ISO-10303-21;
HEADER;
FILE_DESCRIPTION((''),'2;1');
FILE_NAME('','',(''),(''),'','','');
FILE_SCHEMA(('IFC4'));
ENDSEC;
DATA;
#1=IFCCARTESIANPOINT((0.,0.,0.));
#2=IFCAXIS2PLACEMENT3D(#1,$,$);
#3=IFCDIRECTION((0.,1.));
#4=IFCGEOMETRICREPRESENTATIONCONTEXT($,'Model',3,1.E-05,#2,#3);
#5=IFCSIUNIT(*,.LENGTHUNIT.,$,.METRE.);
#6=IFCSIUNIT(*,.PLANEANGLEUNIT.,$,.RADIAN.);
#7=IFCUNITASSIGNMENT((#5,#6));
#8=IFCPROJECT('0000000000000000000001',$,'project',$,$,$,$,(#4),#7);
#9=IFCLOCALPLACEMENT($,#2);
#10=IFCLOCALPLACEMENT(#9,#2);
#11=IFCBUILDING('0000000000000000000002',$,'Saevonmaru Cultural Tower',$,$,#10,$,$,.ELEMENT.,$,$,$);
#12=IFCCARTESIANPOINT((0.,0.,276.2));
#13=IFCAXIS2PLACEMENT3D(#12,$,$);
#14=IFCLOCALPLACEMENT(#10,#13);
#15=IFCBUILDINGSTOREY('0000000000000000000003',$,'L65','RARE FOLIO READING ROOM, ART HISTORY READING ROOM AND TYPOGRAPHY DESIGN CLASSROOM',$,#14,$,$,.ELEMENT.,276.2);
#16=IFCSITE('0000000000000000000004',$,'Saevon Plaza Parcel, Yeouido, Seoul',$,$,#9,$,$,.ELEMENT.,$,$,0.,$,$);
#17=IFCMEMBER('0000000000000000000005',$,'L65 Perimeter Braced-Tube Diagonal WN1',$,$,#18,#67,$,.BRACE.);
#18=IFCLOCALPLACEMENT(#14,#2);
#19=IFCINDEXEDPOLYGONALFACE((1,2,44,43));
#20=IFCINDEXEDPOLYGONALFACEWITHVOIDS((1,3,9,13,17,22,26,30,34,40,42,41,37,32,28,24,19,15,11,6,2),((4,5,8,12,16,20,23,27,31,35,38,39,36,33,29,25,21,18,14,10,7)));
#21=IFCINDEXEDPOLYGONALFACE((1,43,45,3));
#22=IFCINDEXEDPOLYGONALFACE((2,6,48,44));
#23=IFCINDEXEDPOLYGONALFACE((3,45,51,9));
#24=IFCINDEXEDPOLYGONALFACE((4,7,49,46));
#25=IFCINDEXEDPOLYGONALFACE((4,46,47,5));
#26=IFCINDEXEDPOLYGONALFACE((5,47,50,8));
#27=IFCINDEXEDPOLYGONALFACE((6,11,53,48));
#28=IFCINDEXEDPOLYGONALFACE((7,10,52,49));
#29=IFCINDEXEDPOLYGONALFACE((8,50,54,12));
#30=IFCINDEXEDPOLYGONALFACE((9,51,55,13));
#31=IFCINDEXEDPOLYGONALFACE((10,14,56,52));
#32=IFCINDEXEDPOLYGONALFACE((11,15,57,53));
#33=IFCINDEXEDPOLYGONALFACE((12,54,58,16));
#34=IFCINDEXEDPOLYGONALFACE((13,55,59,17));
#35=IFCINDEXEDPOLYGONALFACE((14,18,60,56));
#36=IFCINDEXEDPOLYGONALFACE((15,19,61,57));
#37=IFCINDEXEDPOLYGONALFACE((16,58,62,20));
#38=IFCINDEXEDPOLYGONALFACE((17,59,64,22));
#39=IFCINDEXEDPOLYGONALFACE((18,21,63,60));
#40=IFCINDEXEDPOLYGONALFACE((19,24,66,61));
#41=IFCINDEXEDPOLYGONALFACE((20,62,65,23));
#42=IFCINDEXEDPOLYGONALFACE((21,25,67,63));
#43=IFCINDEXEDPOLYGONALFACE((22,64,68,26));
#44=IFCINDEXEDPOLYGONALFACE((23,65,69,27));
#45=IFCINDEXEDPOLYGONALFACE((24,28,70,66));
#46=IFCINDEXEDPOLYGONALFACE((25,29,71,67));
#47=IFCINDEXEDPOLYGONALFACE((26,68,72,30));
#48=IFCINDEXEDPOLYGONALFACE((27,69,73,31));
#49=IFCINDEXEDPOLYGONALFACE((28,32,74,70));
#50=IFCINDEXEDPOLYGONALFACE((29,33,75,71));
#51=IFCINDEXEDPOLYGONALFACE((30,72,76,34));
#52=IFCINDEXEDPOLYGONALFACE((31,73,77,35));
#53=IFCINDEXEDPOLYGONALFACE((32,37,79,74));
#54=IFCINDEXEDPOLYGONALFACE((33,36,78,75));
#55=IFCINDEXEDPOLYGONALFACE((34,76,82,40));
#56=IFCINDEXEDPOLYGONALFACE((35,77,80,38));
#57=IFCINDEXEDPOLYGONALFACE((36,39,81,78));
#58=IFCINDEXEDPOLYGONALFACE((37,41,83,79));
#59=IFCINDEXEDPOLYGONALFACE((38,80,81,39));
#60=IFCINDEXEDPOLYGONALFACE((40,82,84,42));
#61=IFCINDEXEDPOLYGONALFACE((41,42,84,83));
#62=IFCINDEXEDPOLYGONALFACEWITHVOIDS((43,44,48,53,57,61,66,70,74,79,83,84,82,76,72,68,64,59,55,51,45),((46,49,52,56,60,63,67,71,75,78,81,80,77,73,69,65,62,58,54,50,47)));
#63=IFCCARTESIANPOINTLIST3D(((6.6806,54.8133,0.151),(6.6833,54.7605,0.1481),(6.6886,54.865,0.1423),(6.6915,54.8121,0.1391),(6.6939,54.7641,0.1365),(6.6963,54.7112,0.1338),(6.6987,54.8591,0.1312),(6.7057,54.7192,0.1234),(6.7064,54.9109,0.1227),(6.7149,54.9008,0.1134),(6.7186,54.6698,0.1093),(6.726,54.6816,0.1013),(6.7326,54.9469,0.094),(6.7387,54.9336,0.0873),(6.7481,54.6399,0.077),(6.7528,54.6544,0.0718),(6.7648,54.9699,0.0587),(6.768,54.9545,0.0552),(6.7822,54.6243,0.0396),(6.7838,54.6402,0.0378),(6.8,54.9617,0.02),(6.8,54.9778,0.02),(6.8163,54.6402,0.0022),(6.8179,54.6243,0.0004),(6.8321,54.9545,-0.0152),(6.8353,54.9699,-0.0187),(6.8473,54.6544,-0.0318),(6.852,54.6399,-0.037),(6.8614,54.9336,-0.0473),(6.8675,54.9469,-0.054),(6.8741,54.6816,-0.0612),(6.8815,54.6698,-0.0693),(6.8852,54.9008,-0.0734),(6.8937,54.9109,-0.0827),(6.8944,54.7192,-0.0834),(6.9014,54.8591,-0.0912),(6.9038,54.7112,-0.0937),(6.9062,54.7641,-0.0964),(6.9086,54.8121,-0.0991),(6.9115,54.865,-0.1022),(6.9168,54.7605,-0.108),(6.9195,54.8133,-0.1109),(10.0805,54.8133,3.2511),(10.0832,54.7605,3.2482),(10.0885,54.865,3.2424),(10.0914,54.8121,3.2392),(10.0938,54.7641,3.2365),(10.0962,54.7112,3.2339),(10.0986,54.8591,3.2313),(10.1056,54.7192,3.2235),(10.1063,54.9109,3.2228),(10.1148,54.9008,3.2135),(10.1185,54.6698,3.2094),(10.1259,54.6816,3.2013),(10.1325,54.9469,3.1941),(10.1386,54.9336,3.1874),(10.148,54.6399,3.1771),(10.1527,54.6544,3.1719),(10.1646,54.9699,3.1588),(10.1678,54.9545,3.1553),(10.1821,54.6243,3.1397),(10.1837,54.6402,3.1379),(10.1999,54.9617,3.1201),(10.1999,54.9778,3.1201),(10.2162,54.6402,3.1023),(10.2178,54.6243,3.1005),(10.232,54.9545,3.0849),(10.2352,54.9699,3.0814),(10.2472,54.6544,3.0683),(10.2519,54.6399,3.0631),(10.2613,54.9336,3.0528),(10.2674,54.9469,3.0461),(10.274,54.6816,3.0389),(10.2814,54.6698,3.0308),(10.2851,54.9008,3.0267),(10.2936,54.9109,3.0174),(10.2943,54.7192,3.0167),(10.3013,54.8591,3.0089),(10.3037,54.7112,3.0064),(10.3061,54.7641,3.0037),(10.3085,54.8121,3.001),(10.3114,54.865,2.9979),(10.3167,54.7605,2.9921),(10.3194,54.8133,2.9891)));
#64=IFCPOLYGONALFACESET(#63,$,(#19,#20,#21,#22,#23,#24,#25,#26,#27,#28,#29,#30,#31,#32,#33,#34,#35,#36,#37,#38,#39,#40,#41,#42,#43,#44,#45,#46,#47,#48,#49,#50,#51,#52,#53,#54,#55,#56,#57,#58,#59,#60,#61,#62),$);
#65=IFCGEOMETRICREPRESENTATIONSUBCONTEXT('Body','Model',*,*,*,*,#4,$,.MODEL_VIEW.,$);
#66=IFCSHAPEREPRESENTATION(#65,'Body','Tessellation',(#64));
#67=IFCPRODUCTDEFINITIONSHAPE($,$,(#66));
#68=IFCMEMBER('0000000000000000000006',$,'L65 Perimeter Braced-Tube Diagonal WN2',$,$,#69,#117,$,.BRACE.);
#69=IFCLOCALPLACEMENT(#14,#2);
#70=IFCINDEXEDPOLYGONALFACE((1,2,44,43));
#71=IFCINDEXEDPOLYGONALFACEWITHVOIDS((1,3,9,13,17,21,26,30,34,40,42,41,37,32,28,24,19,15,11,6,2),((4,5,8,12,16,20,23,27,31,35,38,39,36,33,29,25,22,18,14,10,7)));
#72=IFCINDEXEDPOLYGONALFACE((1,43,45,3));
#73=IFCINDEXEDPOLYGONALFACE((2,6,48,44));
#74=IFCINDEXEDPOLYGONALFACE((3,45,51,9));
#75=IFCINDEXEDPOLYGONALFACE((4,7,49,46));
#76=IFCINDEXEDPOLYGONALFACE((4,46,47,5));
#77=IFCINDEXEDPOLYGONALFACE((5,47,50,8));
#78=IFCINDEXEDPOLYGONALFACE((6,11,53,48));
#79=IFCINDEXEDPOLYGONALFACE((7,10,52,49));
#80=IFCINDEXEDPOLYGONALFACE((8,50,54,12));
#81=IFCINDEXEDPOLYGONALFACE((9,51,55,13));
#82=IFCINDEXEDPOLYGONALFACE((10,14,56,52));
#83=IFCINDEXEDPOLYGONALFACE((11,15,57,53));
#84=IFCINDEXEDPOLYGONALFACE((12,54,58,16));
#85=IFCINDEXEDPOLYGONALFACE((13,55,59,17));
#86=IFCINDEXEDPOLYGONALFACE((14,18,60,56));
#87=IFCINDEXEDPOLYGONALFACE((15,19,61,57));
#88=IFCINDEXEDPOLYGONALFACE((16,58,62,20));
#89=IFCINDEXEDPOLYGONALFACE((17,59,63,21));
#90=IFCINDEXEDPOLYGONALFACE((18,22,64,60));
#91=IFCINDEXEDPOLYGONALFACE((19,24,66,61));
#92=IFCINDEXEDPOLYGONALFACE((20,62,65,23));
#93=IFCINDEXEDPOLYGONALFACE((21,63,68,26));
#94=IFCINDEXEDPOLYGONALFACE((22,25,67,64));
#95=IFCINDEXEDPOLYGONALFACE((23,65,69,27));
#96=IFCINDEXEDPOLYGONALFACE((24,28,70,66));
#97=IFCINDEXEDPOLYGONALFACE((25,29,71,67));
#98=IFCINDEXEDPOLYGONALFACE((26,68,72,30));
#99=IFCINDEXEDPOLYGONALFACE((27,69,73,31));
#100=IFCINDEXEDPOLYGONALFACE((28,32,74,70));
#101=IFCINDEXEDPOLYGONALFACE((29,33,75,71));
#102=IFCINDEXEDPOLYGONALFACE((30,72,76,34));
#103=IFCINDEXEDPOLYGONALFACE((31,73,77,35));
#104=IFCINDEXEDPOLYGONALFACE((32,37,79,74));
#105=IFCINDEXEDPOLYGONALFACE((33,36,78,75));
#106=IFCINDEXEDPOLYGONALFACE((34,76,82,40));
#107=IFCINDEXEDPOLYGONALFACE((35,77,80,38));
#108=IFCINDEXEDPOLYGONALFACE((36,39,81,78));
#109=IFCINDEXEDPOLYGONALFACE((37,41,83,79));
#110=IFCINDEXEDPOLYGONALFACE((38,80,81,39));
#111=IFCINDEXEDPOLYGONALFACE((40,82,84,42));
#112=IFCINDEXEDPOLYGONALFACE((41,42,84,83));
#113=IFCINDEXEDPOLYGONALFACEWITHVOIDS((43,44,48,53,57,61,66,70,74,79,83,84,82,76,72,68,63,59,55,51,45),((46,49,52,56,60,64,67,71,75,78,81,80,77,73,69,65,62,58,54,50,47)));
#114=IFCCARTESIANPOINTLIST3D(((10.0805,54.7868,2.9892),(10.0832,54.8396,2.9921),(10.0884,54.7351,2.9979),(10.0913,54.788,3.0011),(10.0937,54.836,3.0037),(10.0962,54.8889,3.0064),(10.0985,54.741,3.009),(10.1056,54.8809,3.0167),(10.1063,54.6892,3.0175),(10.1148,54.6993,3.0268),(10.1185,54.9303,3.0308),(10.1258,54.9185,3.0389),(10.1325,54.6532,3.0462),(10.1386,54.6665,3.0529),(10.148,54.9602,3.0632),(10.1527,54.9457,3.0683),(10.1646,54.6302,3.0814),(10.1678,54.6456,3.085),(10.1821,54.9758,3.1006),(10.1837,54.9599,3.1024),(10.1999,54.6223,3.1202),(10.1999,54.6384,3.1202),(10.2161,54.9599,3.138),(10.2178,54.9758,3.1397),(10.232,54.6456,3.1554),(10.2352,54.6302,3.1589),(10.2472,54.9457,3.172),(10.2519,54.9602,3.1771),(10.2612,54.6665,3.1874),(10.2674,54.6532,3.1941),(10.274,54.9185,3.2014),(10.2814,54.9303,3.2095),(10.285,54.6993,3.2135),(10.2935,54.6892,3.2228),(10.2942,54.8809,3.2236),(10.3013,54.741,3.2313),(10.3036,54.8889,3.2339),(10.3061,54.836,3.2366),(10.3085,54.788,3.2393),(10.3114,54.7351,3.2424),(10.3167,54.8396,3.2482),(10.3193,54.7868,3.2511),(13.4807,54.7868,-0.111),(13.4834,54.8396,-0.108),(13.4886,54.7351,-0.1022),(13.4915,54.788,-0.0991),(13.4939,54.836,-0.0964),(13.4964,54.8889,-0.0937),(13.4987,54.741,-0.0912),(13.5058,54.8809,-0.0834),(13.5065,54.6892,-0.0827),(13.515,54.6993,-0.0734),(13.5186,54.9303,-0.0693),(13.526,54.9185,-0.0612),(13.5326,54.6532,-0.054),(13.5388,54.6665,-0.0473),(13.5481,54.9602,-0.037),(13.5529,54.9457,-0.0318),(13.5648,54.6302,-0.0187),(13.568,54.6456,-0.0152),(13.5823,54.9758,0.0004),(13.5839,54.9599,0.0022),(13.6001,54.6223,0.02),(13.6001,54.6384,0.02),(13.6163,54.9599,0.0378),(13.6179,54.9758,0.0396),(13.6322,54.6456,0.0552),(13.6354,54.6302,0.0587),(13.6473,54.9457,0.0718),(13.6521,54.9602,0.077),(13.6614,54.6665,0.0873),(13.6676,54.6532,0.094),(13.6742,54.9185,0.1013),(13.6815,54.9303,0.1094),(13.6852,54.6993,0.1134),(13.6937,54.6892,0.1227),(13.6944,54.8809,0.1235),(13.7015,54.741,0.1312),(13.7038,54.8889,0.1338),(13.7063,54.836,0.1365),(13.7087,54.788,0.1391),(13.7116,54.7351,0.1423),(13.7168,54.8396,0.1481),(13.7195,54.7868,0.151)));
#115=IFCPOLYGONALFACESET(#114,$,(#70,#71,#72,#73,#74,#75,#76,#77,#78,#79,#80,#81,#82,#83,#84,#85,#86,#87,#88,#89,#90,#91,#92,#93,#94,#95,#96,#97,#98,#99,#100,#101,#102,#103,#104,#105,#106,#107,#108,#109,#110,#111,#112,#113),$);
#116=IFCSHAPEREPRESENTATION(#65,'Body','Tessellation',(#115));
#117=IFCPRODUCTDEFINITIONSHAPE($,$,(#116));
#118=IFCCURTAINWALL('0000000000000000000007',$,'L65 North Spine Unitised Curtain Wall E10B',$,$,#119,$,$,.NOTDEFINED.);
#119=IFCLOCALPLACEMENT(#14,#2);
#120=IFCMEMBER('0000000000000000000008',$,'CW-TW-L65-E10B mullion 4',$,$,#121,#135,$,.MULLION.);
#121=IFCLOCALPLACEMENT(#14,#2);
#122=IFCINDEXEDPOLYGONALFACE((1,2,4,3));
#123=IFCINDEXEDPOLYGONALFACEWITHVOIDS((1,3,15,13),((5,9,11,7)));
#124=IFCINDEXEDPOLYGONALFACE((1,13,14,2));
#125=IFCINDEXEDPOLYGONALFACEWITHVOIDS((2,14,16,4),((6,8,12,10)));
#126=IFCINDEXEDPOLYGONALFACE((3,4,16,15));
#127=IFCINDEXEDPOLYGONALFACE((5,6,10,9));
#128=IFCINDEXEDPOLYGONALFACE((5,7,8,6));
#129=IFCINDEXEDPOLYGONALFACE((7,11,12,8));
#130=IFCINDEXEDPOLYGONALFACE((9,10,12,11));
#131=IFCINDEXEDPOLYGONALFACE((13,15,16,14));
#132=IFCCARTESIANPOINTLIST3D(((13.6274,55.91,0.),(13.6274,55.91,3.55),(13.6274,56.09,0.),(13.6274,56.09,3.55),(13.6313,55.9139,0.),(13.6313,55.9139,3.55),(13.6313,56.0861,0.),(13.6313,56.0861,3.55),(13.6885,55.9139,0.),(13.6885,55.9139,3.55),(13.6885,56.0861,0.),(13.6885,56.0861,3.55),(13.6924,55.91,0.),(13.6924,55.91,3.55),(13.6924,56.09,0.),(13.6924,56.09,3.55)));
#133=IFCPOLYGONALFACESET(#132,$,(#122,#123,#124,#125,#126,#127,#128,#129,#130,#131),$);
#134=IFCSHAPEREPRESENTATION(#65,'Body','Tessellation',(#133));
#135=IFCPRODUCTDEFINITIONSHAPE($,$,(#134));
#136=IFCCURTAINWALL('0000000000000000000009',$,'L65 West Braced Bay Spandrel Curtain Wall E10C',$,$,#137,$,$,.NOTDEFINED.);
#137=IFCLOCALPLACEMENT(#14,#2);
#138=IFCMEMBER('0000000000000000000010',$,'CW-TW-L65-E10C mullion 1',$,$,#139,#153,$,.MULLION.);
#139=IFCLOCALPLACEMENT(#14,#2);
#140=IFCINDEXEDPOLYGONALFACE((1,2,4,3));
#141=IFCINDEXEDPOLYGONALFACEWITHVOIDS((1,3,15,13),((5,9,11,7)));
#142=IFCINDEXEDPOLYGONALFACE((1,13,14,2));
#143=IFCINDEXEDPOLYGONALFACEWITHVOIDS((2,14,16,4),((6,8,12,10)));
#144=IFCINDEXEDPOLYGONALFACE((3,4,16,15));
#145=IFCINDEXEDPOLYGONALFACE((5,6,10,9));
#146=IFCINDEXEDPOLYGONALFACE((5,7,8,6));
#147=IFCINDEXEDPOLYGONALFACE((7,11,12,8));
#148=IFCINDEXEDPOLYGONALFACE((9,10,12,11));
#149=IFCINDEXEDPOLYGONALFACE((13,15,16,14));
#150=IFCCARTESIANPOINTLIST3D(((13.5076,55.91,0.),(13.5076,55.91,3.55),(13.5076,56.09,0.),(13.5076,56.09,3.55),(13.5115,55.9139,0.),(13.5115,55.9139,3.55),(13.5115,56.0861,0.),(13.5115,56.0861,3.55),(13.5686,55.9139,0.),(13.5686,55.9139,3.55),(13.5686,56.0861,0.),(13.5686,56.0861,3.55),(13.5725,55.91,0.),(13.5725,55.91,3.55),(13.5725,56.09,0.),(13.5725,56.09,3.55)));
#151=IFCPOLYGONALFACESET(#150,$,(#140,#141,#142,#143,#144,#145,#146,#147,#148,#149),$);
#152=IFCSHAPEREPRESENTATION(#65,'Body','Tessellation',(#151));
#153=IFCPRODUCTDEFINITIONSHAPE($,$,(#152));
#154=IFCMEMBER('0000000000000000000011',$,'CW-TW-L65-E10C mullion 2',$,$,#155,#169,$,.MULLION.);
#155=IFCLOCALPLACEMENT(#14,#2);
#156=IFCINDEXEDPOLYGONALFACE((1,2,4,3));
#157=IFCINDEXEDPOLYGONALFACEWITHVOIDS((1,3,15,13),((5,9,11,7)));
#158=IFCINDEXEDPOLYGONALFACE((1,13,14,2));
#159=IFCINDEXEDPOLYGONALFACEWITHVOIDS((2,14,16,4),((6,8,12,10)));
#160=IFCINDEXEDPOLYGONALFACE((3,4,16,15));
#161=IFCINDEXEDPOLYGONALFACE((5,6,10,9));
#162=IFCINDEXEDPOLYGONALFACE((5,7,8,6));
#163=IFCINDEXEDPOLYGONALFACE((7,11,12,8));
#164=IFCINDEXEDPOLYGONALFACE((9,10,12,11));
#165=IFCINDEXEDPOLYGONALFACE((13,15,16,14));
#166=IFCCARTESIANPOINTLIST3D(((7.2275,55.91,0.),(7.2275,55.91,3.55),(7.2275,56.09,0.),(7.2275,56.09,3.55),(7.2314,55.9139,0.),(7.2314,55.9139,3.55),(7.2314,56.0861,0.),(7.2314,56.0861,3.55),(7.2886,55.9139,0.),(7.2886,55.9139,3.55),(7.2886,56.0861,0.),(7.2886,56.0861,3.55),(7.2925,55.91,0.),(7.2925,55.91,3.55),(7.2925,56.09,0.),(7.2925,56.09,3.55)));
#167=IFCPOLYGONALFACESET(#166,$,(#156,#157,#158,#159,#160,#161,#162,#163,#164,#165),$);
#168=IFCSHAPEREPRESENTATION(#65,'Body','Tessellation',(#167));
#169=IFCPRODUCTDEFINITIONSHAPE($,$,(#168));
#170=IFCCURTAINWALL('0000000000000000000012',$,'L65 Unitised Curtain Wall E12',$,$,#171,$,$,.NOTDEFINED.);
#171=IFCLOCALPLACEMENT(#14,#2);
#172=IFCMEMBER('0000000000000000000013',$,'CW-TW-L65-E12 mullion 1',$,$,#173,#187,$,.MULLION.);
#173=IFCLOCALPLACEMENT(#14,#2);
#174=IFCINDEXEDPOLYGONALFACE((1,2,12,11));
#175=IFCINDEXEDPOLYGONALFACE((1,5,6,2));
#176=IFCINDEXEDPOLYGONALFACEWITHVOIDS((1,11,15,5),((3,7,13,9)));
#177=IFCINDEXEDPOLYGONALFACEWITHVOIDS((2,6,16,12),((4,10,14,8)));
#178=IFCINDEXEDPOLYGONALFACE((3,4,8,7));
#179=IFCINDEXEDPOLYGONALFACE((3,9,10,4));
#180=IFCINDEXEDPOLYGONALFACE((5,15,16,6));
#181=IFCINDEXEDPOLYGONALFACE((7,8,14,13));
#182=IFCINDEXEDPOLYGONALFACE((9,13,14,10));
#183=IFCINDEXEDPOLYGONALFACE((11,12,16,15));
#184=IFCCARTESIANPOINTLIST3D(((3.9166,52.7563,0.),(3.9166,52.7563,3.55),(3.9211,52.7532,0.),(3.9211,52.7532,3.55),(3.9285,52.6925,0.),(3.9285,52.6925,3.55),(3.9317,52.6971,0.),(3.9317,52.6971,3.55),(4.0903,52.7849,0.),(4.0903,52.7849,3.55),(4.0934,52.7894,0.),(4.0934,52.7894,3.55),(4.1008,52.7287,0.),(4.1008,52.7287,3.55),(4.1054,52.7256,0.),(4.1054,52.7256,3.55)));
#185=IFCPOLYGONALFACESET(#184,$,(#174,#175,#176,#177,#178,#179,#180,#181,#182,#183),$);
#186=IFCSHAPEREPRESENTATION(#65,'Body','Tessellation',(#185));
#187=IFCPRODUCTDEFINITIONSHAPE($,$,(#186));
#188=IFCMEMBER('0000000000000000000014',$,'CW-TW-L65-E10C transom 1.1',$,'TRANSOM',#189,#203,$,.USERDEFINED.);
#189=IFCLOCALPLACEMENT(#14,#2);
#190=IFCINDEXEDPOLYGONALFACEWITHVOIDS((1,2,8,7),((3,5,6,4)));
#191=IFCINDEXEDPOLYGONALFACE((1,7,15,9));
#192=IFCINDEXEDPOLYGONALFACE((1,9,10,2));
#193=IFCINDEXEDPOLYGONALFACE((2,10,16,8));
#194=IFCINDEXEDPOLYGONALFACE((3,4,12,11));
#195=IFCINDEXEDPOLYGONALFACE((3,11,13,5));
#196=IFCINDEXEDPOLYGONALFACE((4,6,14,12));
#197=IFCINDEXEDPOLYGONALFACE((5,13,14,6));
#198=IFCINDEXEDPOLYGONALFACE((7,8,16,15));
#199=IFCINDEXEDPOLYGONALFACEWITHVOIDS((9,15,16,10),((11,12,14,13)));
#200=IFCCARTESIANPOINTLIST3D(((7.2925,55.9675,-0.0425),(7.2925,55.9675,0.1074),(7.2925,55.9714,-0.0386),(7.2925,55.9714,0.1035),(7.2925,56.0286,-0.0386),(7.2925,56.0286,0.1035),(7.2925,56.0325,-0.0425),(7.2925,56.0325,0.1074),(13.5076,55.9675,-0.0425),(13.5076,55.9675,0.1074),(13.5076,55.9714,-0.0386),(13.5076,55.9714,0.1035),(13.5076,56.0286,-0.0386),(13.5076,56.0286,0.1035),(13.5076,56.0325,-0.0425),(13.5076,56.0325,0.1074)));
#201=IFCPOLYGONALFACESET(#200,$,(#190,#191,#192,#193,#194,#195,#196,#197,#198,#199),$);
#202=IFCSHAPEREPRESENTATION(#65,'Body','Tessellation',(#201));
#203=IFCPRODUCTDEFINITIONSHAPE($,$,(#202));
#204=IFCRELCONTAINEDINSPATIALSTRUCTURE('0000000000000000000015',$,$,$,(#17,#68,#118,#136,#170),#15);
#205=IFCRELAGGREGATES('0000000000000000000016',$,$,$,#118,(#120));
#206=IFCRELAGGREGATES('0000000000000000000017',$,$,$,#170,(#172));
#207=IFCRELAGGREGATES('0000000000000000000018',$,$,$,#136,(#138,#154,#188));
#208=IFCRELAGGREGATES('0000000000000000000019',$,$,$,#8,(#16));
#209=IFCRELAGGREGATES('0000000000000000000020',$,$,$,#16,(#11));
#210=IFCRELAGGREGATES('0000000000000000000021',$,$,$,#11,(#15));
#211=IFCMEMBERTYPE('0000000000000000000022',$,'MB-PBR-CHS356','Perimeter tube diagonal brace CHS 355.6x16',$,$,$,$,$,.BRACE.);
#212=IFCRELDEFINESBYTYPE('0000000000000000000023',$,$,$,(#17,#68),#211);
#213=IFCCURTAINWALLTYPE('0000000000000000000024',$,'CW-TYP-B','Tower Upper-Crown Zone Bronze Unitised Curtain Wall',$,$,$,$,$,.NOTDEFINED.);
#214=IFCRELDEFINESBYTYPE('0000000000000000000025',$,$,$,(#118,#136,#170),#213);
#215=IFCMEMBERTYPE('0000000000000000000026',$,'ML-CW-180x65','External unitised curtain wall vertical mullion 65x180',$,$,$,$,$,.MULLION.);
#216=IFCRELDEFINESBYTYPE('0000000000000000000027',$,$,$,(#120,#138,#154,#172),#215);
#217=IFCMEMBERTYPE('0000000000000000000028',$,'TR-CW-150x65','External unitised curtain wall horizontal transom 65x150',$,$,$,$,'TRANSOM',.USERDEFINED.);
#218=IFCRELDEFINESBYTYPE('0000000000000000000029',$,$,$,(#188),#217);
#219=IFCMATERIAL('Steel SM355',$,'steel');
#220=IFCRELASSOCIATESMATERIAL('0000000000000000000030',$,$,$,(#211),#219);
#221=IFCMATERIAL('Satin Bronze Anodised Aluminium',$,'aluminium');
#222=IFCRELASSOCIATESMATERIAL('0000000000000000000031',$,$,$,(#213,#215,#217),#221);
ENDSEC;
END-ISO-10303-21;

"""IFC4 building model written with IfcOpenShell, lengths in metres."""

from ifc_helpers import new_model, si_unit, direction, frame, origin, origin_2d, place, context, subcontext, project, spatial, hollow_rectangle, hollow_circle, extrude, material, material_profile, profile_set, type_object, element, aggregate, save


model = new_model("IFC4")

# Units and contexts
model_context = context("Model", 3, precision=1e-05, world=origin(), true_north=direction((0.0, 1.0)))
body_context = subcontext(model_context, "Body", "Model", "MODEL_VIEW")
ifc_project = project(units=[si_unit("LENGTHUNIT", "METRE"), si_unit("PLANEANGLEUNIT", "RADIAN")], contexts=[model_context])

# Site, building, storey
site_placement = place(None, origin())
site = spatial("IfcSite", under=ifc_project, at=site_placement, Name="Saevon Plaza Parcel, Yeouido, Seoul", CompositionType="ELEMENT", RefElevation=0.0)
building_placement = place(site_placement, origin())
building = spatial("IfcBuilding", under=site, at=building_placement, Name="Saevonmaru Cultural Tower", CompositionType="ELEMENT")
storey_placement = place(building_placement, frame((0.0, 0.0, 276.2)))
storey = spatial("IfcBuildingStorey", under=building, at=storey_placement, Name="L65", Description="RARE FOLIO READING ROOM, ART HISTORY READING ROOM AND TYPOGRAPHY DESIGN CLASSROOM", CompositionType="ELEMENT", Elevation=276.2)

# Shared definitions
ifc_material_1 = material(Name="Steel SM355", Category="steel")

# Members
ifc_material_profile_1 = material_profile(ifc_material_1, hollow_circle(Radius=0.1777, WallThickness=0.0161, at=origin_2d()), Name="CHS-355.6x16")
ifc_profile_set_1 = profile_set([ifc_material_profile_1], Name="Steel SM355")
member_type_1 = type_object("IfcMemberType", Name="MB-PBR-CHS356", Description="Perimeter tube diagonal brace CHS 355.6x16", PredefinedType="BRACE", material=ifc_profile_set_1)
member_1_placement = place(storey_placement, frame((6.8, 54.8, 0.02), z_axis=(0.738936, 0.0, 0.673776), x_axis=(0.0, 1.0, 0.0)))
element("IfcMember", 1, at=member_1_placement, inside=storey, type_object=member_type_1, Name="L65 Perimeter Braced-Tube Diagonal WN1", PredefinedType="BRACE", context=body_context, shape_type="SweptSolid", body=[
    extrude(hollow_circle(Radius=0.1777, WallThickness=0.0161, at=origin_2d()), origin(), (0.0, 0.0, 1.0), 4.6011),
])
member_2_placement = place(storey_placement, frame((13.6001, 54.8, 0.02), z_axis=(-0.73896, 0.0, 0.67375), x_axis=(0.0, -1.0, 0.0)))
element("IfcMember", 2, at=member_2_placement, inside=storey, type_object=member_type_1, Name="L65 Perimeter Braced-Tube Diagonal WN2", PredefinedType="BRACE", context=body_context, shape_type="SweptSolid", body=[
    extrude(hollow_circle(Radius=0.1777, WallThickness=0.0161, at=origin_2d()), origin(), (0.0, 0.0, 1.0), 4.6013),
])

# Curtain wall, member
ifc_material_2 = material(Name="Satin Bronze Anodised Aluminium", Category="aluminium")
curtain_wall_type = type_object("IfcCurtainWallType", Name="CW-TYP-B", Description="Tower Upper-Crown Zone Bronze Unitised Curtain Wall", PredefinedType="NOTDEFINED", material=ifc_material_2)
curtain_wall_1_placement = place(storey_placement, origin())
curtain_wall_1 = element("IfcCurtainWall", 3, at=curtain_wall_1_placement, inside=storey, type_object=curtain_wall_type, Name="L65 North Spine Unitised Curtain Wall E10B", PredefinedType="NOTDEFINED")
ifc_material_profile_2 = material_profile(ifc_material_2, hollow_rectangle(XDim=0.0649, YDim=0.1799, WallThickness=0.0039, at=origin_2d()), Name="ALU-MULL-180x65x4")
ifc_profile_set_2 = profile_set([ifc_material_profile_2], Name="Satin Bronze Anodised Aluminium")
member_type_2 = type_object("IfcMemberType", Name="ML-CW-180x65", Description="External unitised curtain wall vertical mullion 65x180", PredefinedType="MULLION", material=ifc_profile_set_2)
member_3_placement = place(storey_placement, frame((13.6599, 56.0, 0.0), z_axis=(0.0, 0.0, 1.0), x_axis=(-1.0, 0.0, 0.0)))
member_3 = element("IfcMember", 4, at=member_3_placement, type_object=member_type_2, Name="CW-TW-L65-E10B mullion 4", PredefinedType="MULLION", context=body_context, shape_type="SweptSolid", body=[
    extrude(hollow_rectangle(XDim=0.0649, YDim=0.1799, WallThickness=0.0039, at=origin_2d()), origin(), (0.0, 0.0, 1.0), 3.55),
])
aggregate(curtain_wall_1, [member_3])

# Curtain wall, members
curtain_wall_2_placement = place(storey_placement, origin())
curtain_wall_2 = element("IfcCurtainWall", 5, at=curtain_wall_2_placement, inside=storey, type_object=curtain_wall_type, Name="L65 West Braced Bay Spandrel Curtain Wall E10C", PredefinedType="NOTDEFINED")
member_4_placement = place(storey_placement, frame((13.54, 56.0, 0.0), z_axis=(0.0, 0.0, 1.0), x_axis=(-1.0, 0.0, 0.0)))
member_4 = element("IfcMember", 6, at=member_4_placement, type_object=member_type_2, Name="CW-TW-L65-E10C mullion 1", PredefinedType="MULLION", context=body_context, shape_type="SweptSolid", body=[
    extrude(hollow_rectangle(XDim=0.0649, YDim=0.1799, WallThickness=0.0039, at=origin_2d()), origin(), (0.0, 0.0, 1.0), 3.55),
])
member_5_placement = place(storey_placement, frame((7.26, 56.0, 0.0), z_axis=(0.0, 0.0, 1.0), x_axis=(-1.0, 0.0, 0.0)))
member_5 = element("IfcMember", 7, at=member_5_placement, type_object=member_type_2, Name="CW-TW-L65-E10C mullion 2", PredefinedType="MULLION", context=body_context, shape_type="SweptSolid", body=[
    extrude(hollow_rectangle(XDim=0.0649, YDim=0.1799, WallThickness=0.0039, at=origin_2d()), origin(), (0.0, 0.0, 1.0), 3.55),
])

# Curtain wall, member
curtain_wall_3_placement = place(storey_placement, origin())
curtain_wall_3 = element("IfcCurtainWall", 8, at=curtain_wall_3_placement, inside=storey, type_object=curtain_wall_type, Name="L65 Unitised Curtain Wall E12", PredefinedType="NOTDEFINED")
member_6_placement = place(storey_placement, frame((4.011, 52.741, 0.0), z_axis=(0.0, 0.0, 1.0), x_axis=(0.184047, -0.982918, 0.0)))
member_6 = element("IfcMember", 9, at=member_6_placement, type_object=member_type_2, Name="CW-TW-L65-E12 mullion 1", PredefinedType="MULLION", context=body_context, shape_type="SweptSolid", body=[
    extrude(hollow_rectangle(XDim=0.0649, YDim=0.1799, WallThickness=0.0039, at=origin_2d()), origin(), (0.0, 0.0, 1.0), 3.55),
])

# Member
ifc_material_profile_3 = material_profile(ifc_material_2, hollow_rectangle(XDim=0.0649, YDim=0.1499, WallThickness=0.0039, at=origin_2d()), Name="ALU-TRAN-150x65x4")
ifc_profile_set_3 = profile_set([ifc_material_profile_3], Name="Satin Bronze Anodised Aluminium")
member_type_3 = type_object("IfcMemberType", Name="TR-CW-150x65", Description="External unitised curtain wall horizontal transom 65x150", ElementType="TRANSOM", PredefinedType="USERDEFINED", material=ifc_profile_set_3)
member_7_placement = place(storey_placement, frame((13.5076, 56.0, 0.0325), z_axis=(-1.0, 0.0, 0.0), x_axis=(0.0, -1.0, 0.0)))
member_7 = element("IfcMember", 10, at=member_7_placement, type_object=member_type_3, Name="CW-TW-L65-E10C transom 1.1", ObjectType="TRANSOM", PredefinedType="USERDEFINED", context=body_context, shape_type="SweptSolid", body=[
    extrude(hollow_rectangle(XDim=0.0649, YDim=0.1499, WallThickness=0.0039, at=origin_2d()), origin(), (0.0, 0.0, 1.0), 6.2151),
])

aggregate(curtain_wall_3, [member_6])
aggregate(curtain_wall_2, [member_4, member_5, member_7])

save(model, "model.ifc")
